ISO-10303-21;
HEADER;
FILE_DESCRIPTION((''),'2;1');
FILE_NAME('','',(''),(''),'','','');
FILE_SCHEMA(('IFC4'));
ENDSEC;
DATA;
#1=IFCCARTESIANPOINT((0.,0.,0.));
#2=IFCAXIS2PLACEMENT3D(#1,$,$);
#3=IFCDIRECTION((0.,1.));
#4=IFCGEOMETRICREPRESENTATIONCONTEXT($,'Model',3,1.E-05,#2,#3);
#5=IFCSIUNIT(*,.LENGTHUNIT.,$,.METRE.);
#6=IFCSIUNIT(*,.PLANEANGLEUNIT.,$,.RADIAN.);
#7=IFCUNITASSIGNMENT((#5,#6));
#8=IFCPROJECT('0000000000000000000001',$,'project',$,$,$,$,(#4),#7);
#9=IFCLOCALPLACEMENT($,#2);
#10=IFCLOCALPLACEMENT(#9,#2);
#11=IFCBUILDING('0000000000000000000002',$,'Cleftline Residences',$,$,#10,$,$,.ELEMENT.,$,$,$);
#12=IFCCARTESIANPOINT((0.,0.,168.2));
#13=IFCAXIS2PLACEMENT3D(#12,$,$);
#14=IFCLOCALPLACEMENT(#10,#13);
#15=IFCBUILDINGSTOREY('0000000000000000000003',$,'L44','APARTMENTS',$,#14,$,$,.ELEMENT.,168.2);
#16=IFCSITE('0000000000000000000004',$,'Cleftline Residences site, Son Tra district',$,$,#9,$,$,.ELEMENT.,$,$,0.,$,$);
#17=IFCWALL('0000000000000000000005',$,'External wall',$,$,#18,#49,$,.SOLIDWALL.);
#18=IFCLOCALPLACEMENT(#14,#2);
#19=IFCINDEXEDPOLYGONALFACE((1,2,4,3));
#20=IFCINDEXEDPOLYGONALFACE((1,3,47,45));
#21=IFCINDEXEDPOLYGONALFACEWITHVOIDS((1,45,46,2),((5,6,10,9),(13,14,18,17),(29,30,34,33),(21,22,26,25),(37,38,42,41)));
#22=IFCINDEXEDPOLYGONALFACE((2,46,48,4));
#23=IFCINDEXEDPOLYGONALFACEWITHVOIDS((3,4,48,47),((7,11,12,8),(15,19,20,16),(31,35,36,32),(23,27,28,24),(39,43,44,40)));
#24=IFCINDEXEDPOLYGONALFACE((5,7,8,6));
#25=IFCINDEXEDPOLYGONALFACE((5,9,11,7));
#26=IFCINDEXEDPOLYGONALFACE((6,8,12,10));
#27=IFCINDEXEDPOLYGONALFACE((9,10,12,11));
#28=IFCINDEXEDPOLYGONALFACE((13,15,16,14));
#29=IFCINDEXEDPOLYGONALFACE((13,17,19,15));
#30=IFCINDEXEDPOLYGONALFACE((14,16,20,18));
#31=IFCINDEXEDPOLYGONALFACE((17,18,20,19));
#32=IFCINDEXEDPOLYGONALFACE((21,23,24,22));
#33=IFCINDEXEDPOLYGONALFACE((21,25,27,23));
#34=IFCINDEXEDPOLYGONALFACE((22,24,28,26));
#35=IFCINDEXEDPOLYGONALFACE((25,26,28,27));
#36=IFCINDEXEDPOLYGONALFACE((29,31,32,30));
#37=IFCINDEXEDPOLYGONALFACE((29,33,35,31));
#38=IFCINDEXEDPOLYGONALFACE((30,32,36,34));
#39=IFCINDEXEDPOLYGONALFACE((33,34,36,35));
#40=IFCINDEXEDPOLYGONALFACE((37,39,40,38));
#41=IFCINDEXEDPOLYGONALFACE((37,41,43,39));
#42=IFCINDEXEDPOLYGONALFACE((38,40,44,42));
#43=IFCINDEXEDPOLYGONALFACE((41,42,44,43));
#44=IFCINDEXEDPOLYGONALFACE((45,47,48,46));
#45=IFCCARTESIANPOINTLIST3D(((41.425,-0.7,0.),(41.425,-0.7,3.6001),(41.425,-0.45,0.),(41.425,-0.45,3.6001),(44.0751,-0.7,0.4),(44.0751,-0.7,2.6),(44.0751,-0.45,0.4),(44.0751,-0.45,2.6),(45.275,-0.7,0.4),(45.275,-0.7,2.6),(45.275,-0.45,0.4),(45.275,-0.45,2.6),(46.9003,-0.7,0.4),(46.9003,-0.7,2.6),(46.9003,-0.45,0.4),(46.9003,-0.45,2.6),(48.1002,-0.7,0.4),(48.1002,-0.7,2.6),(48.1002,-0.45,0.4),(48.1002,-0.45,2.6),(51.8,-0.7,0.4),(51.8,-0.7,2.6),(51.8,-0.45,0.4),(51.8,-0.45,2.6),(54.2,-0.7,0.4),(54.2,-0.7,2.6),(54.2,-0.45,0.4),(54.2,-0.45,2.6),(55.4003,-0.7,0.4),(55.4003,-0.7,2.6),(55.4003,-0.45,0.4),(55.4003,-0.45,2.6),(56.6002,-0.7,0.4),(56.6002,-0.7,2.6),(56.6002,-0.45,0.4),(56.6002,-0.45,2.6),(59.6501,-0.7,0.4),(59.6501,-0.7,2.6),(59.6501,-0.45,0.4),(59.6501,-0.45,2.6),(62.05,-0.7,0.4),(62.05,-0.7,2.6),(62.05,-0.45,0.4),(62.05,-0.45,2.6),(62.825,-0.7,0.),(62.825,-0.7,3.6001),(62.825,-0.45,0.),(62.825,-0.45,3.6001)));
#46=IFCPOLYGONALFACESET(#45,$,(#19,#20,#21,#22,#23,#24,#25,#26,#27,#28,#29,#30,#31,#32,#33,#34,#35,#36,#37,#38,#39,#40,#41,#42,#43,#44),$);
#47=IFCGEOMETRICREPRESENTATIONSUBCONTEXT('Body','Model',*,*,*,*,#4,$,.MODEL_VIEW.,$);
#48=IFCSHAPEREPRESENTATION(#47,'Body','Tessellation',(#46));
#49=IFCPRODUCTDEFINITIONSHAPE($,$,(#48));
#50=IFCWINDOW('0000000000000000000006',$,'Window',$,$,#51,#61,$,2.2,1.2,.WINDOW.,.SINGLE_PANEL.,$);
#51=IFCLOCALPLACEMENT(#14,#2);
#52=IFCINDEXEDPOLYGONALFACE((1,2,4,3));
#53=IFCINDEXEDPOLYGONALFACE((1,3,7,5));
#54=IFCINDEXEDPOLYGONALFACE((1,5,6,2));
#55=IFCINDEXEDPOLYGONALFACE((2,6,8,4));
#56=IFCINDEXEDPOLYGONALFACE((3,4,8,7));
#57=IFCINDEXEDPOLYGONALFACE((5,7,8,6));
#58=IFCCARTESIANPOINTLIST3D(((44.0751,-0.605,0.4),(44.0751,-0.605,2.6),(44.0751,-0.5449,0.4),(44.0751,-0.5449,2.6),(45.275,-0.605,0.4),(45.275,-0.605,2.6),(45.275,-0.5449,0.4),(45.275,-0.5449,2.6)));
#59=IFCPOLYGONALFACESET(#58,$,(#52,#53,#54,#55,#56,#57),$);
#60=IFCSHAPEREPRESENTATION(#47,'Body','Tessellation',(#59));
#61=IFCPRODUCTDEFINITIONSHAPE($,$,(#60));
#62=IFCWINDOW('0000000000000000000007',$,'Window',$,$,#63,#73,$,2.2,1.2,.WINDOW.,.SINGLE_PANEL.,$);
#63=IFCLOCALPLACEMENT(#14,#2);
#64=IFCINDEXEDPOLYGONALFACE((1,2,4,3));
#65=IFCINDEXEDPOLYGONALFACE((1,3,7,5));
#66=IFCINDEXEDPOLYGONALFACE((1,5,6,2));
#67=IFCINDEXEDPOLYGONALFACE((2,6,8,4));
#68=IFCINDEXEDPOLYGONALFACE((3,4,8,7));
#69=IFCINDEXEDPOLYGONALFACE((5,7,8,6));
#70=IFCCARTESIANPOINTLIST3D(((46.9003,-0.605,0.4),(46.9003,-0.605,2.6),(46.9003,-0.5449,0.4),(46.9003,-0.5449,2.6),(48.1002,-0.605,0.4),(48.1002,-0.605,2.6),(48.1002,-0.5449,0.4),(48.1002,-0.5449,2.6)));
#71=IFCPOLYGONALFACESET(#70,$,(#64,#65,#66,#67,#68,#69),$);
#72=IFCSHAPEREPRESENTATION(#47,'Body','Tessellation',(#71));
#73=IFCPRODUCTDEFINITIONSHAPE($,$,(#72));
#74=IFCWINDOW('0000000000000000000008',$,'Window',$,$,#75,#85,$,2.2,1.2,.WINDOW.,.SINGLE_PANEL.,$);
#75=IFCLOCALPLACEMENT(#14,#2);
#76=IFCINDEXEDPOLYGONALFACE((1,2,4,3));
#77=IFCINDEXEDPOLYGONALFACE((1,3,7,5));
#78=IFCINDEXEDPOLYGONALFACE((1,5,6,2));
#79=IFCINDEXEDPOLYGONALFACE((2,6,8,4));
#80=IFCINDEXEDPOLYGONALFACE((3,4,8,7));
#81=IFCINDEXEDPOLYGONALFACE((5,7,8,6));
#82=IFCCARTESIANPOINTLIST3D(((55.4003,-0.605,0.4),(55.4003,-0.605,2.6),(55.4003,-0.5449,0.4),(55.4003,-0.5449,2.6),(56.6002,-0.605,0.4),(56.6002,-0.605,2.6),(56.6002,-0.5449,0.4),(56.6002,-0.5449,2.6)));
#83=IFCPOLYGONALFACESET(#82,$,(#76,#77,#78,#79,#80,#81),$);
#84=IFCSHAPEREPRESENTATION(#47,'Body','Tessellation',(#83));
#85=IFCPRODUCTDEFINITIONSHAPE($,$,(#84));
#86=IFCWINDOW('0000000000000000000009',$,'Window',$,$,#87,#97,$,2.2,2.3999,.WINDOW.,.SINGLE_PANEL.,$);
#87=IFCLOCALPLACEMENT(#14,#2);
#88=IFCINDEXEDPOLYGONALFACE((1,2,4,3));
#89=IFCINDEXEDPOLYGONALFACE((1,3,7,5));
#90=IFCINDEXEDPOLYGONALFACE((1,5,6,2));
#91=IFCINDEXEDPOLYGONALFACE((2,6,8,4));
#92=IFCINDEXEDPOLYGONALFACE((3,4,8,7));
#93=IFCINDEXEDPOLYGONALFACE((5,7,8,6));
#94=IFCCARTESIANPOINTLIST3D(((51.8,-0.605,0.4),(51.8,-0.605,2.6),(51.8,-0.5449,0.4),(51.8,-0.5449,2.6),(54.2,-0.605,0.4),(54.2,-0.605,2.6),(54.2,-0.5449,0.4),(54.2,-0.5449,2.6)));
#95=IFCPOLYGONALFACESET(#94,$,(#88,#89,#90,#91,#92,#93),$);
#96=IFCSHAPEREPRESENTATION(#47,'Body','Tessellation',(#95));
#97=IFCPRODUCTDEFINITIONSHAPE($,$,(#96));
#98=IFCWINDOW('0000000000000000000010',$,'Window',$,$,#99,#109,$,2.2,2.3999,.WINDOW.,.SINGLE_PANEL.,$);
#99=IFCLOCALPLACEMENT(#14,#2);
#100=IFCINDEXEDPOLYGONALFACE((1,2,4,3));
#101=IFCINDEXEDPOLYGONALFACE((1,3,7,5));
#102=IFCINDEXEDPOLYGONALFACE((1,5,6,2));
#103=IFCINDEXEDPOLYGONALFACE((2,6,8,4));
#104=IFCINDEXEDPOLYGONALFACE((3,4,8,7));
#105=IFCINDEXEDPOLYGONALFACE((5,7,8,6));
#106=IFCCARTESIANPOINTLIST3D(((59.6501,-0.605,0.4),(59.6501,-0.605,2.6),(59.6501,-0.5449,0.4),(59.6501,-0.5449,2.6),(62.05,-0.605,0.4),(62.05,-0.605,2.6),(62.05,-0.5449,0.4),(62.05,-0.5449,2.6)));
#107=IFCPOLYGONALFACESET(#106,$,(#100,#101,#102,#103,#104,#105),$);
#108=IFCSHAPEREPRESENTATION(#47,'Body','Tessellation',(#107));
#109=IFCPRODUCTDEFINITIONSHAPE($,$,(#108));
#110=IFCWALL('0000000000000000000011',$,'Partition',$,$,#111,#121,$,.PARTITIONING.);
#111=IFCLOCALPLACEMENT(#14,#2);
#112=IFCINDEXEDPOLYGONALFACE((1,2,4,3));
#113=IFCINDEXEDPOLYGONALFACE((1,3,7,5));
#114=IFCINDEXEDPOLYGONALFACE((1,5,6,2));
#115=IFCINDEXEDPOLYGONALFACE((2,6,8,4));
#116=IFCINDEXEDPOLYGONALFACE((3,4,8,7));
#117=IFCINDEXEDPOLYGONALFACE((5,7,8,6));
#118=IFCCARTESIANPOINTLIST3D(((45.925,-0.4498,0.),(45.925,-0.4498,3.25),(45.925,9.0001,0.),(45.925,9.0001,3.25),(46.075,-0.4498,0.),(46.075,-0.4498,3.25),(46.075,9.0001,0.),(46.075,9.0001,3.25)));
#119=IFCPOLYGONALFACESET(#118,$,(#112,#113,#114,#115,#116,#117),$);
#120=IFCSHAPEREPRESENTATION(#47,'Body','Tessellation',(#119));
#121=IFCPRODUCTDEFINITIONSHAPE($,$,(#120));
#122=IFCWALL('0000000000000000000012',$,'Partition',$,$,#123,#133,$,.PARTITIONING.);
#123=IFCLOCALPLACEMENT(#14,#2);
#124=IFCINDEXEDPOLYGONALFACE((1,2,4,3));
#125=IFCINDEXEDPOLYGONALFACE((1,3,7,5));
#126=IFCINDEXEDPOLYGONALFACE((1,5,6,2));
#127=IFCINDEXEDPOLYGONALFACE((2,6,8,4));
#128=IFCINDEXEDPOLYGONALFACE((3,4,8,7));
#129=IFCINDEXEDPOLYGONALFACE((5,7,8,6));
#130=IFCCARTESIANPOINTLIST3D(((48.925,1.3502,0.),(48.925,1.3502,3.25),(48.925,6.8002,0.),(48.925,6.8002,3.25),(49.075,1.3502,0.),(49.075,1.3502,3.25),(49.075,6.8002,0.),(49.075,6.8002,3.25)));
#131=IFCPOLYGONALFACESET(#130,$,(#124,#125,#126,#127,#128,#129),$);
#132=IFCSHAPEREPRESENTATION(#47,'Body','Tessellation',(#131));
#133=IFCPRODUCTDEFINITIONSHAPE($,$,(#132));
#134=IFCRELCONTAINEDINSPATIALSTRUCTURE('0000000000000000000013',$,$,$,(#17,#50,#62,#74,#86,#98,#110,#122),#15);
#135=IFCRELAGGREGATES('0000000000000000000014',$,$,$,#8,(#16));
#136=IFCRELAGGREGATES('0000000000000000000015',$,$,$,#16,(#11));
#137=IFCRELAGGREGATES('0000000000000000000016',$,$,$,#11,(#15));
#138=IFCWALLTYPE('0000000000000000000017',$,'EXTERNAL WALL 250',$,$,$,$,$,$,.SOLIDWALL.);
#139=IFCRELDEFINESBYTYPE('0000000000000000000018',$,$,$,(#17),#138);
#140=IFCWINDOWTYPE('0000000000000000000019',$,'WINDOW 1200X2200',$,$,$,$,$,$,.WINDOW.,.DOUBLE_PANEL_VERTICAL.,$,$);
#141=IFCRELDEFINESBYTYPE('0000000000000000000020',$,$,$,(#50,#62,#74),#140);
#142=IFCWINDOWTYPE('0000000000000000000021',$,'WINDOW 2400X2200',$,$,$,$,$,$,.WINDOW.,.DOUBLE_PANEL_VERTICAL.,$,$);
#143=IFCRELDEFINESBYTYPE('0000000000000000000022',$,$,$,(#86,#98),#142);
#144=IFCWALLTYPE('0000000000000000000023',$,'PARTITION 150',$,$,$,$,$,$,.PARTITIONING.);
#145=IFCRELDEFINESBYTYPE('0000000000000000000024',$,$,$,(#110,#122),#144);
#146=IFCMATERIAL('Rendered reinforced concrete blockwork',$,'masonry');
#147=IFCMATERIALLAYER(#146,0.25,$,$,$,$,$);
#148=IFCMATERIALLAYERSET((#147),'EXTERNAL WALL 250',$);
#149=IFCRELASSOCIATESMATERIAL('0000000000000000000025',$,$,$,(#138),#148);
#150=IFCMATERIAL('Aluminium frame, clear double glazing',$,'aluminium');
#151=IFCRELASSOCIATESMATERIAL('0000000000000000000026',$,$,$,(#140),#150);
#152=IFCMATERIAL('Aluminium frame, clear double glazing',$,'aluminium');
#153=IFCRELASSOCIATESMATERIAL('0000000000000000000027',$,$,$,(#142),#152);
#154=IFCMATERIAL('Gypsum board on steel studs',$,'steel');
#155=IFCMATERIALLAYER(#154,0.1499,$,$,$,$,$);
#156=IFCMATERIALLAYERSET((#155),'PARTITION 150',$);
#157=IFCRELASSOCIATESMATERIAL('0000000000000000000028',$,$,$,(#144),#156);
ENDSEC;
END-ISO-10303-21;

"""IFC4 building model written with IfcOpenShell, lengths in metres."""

from ifc_helpers import new_model, si_unit, direction, frame, frame_2d, origin, place, context, subcontext, project, spatial, rectangle, extrude, material, layer, layer_set, type_object, element, fill, save


model = new_model("IFC4")

# Units and contexts
model_context = context("Model", 3, precision=1e-05, world=origin(), true_north=direction((0.0, 1.0)))
body_context = subcontext(model_context, "Body", "Model", "MODEL_VIEW")
ifc_project = project(units=[si_unit("LENGTHUNIT", "METRE"), si_unit("PLANEANGLEUNIT", "RADIAN")], contexts=[model_context])

# Site, building, storey
site_placement = place(None, origin())
site = spatial("IfcSite", under=ifc_project, at=site_placement, Name="Cleftline Residences site, Son Tra district", CompositionType="ELEMENT", RefElevation=0.0)
building_placement = place(site_placement, origin())
building = spatial("IfcBuilding", under=site, at=building_placement, Name="Cleftline Residences", CompositionType="ELEMENT")
storey_placement = place(building_placement, frame((0.0, 0.0, 168.2)))
storey = spatial("IfcBuildingStorey", under=building, at=storey_placement, Name="L44", Description="APARTMENTS", CompositionType="ELEMENT", Elevation=168.2)

# Wall, openings, windows
ifc_material_1 = material(Name="Rendered reinforced concrete blockwork", Category="masonry")
ifc_layer_1 = layer(ifc_material_1, 0.25)
ifc_layer_set_1 = layer_set([ifc_layer_1], Name="EXTERNAL WALL 250")
wall_type_1 = type_object("IfcWallType", Name="EXTERNAL WALL 250", PredefinedType="SOLIDWALL", material=ifc_layer_set_1)
wall_1_placement = place(storey_placement, frame((41.425, -0.575, 0.0), z_axis=(0.0, 0.0, 1.0), x_axis=(1.0, 0.0, 0.0)))
wall_1 = element("IfcWall", 1, at=wall_1_placement, inside=storey, type_object=wall_type_1, Name="External wall", PredefinedType="SOLIDWALL", context=body_context, shape_type="SweptSolid", body=[
    extrude(rectangle(XDim=21.3999, YDim=0.25, at=frame_2d((10.7, 0.0))), origin(), (0.0, 0.0, 1.0), 3.6001),
])
opening_1_placement = place(wall_1_placement, frame((2.6499, 0.0, 0.3999)))
opening_1 = element("IfcOpeningElement", 2, at=opening_1_placement, cuts=wall_1, PredefinedType="OPENING", context=body_context, shape_type="SweptSolid", body=[
    extrude(rectangle(XDim=1.2, YDim=2.2, at=frame_2d((0.6001, 1.1001))), frame((0.0, 0.135, 0.0), z_axis=(0.0, -1.0, 0.0), x_axis=(1.0, 0.0, 0.0)), (0.0, 0.0, 1.0), 0.27),
])
opening_2_placement = place(wall_1_placement, frame((5.4751, 0.0, 0.3999)))
opening_2 = element("IfcOpeningElement", 3, at=opening_2_placement, cuts=wall_1, PredefinedType="OPENING", context=body_context, shape_type="SweptSolid", body=[
    extrude(rectangle(XDim=1.2, YDim=2.2, at=frame_2d((0.6001, 1.1001))), frame((0.0, 0.135, 0.0), z_axis=(0.0, -1.0, 0.0), x_axis=(1.0, 0.0, 0.0)), (0.0, 0.0, 1.0), 0.27),
])
opening_3_placement = place(wall_1_placement, frame((10.375, 0.0, 0.3999)))
opening_3 = element("IfcOpeningElement", 4, at=opening_3_placement, cuts=wall_1, PredefinedType="OPENING", context=body_context, shape_type="SweptSolid", body=[
    extrude(rectangle(XDim=2.3999, YDim=2.2, at=frame_2d((1.2, 1.1001))), frame((0.0, 0.135, 0.0), z_axis=(0.0, -1.0, 0.0), x_axis=(1.0, 0.0, 0.0)), (0.0, 0.0, 1.0), 0.27),
])
opening_4_placement = place(wall_1_placement, frame((13.9751, 0.0, 0.3999)))
opening_4 = element("IfcOpeningElement", 5, at=opening_4_placement, cuts=wall_1, PredefinedType="OPENING", context=body_context, shape_type="SweptSolid", body=[
    extrude(rectangle(XDim=1.2, YDim=2.2, at=frame_2d((0.6001, 1.1001))), frame((0.0, 0.135, 0.0), z_axis=(0.0, -1.0, 0.0), x_axis=(1.0, 0.0, 0.0)), (0.0, 0.0, 1.0), 0.27),
])
opening_5_placement = place(wall_1_placement, frame((18.2251, 0.0, 0.3999)))
opening_5 = element("IfcOpeningElement", 6, at=opening_5_placement, cuts=wall_1, PredefinedType="OPENING", context=body_context, shape_type="SweptSolid", body=[
    extrude(rectangle(XDim=2.3999, YDim=2.2, at=frame_2d((1.2, 1.1001))), frame((0.0, 0.135, 0.0), z_axis=(0.0, -1.0, 0.0), x_axis=(1.0, 0.0, 0.0)), (0.0, 0.0, 1.0), 0.27),
])
ifc_material_2 = material(Name="Aluminium frame, clear double glazing", Category="aluminium")
window_type_1 = type_object("IfcWindowType", Name="WINDOW 1200X2200", PartitioningType="DOUBLE_PANEL_VERTICAL", PredefinedType="WINDOW", material=ifc_material_2)
window_1_placement = place(opening_1_placement, origin())
window_1 = element("IfcWindow", 7, at=window_1_placement, inside=storey, type_object=window_type_1, Name="Window", OverallHeight=2.2, OverallWidth=1.2, PartitioningType="SINGLE_PANEL", PredefinedType="WINDOW", context=body_context, shape_type="SweptSolid", body=[
    extrude(rectangle(XDim=1.2, YDim=2.2, at=frame_2d((0.6001, 1.1001))), frame((0.0, 0.03, 0.0), z_axis=(0.0, -1.0, 0.0), x_axis=(1.0, 0.0, 0.0)), (0.0, 0.0, 1.0), 0.0601),
])
fill(opening_1, window_1)
window_2_placement = place(opening_2_placement, origin())
window_2 = element("IfcWindow", 8, at=window_2_placement, inside=storey, type_object=window_type_1, Name="Window", OverallHeight=2.2, OverallWidth=1.2, PartitioningType="SINGLE_PANEL", PredefinedType="WINDOW", context=body_context, shape_type="SweptSolid", body=[
    extrude(rectangle(XDim=1.2, YDim=2.2, at=frame_2d((0.6001, 1.1001))), frame((0.0, 0.03, 0.0), z_axis=(0.0, -1.0, 0.0), x_axis=(1.0, 0.0, 0.0)), (0.0, 0.0, 1.0), 0.0601),
])
fill(opening_2, window_2)
window_3_placement = place(opening_4_placement, origin())
window_3 = element("IfcWindow", 9, at=window_3_placement, inside=storey, type_object=window_type_1, Name="Window", OverallHeight=2.2, OverallWidth=1.2, PartitioningType="SINGLE_PANEL", PredefinedType="WINDOW", context=body_context, shape_type="SweptSolid", body=[
    extrude(rectangle(XDim=1.2, YDim=2.2, at=frame_2d((0.6001, 1.1001))), frame((0.0, 0.03, 0.0), z_axis=(0.0, -1.0, 0.0), x_axis=(1.0, 0.0, 0.0)), (0.0, 0.0, 1.0), 0.0601),
])
fill(opening_4, window_3)
ifc_material_3 = material(Name="Aluminium frame, clear double glazing", Category="aluminium")
window_type_2 = type_object("IfcWindowType", Name="WINDOW 2400X2200", PartitioningType="DOUBLE_PANEL_VERTICAL", PredefinedType="WINDOW", material=ifc_material_3)
window_4_placement = place(opening_3_placement, origin())
window_4 = element("IfcWindow", 10, at=window_4_placement, inside=storey, type_object=window_type_2, Name="Window", OverallHeight=2.2, OverallWidth=2.3999, PartitioningType="SINGLE_PANEL", PredefinedType="WINDOW", context=body_context, shape_type="SweptSolid", body=[
    extrude(rectangle(XDim=2.3999, YDim=2.2, at=frame_2d((1.2, 1.1001))), frame((0.0, 0.03, 0.0), z_axis=(0.0, -1.0, 0.0), x_axis=(1.0, 0.0, 0.0)), (0.0, 0.0, 1.0), 0.0601),
])
fill(opening_3, window_4)
window_5_placement = place(opening_5_placement, origin())
window_5 = element("IfcWindow", 11, at=window_5_placement, inside=storey, type_object=window_type_2, Name="Window", OverallHeight=2.2, OverallWidth=2.3999, PartitioningType="SINGLE_PANEL", PredefinedType="WINDOW", context=body_context, shape_type="SweptSolid", body=[
    extrude(rectangle(XDim=2.3999, YDim=2.2, at=frame_2d((1.2, 1.1001))), frame((0.0, 0.03, 0.0), z_axis=(0.0, -1.0, 0.0), x_axis=(1.0, 0.0, 0.0)), (0.0, 0.0, 1.0), 0.0601),
])
fill(opening_5, window_5)

# Walls
ifc_material_4 = material(Name="Gypsum board on steel studs", Category="steel")
ifc_layer_2 = layer(ifc_material_4, 0.1499)
ifc_layer_set_2 = layer_set([ifc_layer_2], Name="PARTITION 150")
wall_type_2 = type_object("IfcWallType", Name="PARTITION 150", PredefinedType="PARTITIONING", material=ifc_layer_set_2)
wall_2_placement = place(storey_placement, frame((46.0, -0.45, 0.0), z_axis=(0.0, 0.0, 1.0), x_axis=(0.0, 1.0, 0.0)))
element("IfcWall", 12, at=wall_2_placement, inside=storey, type_object=wall_type_2, Name="Partition", PredefinedType="PARTITIONING", context=body_context, shape_type="SweptSolid", body=[
    extrude(rectangle(XDim=9.45, YDim=0.1499, at=frame_2d((4.7251, 0.0))), origin(), (0.0, 0.0, 1.0), 3.25),
])
wall_3_placement = place(storey_placement, frame((49.0, 1.3501, 0.0), z_axis=(0.0, 0.0, 1.0), x_axis=(0.0, 1.0, 0.0)))
element("IfcWall", 13, at=wall_3_placement, inside=storey, type_object=wall_type_2, Name="Partition", PredefinedType="PARTITIONING", context=body_context, shape_type="SweptSolid", body=[
    extrude(rectangle(XDim=5.45, YDim=0.1499, at=frame_2d((2.7251, 0.0))), origin(), (0.0, 0.0, 1.0), 3.25),
])

save(model, "model.ifc")
